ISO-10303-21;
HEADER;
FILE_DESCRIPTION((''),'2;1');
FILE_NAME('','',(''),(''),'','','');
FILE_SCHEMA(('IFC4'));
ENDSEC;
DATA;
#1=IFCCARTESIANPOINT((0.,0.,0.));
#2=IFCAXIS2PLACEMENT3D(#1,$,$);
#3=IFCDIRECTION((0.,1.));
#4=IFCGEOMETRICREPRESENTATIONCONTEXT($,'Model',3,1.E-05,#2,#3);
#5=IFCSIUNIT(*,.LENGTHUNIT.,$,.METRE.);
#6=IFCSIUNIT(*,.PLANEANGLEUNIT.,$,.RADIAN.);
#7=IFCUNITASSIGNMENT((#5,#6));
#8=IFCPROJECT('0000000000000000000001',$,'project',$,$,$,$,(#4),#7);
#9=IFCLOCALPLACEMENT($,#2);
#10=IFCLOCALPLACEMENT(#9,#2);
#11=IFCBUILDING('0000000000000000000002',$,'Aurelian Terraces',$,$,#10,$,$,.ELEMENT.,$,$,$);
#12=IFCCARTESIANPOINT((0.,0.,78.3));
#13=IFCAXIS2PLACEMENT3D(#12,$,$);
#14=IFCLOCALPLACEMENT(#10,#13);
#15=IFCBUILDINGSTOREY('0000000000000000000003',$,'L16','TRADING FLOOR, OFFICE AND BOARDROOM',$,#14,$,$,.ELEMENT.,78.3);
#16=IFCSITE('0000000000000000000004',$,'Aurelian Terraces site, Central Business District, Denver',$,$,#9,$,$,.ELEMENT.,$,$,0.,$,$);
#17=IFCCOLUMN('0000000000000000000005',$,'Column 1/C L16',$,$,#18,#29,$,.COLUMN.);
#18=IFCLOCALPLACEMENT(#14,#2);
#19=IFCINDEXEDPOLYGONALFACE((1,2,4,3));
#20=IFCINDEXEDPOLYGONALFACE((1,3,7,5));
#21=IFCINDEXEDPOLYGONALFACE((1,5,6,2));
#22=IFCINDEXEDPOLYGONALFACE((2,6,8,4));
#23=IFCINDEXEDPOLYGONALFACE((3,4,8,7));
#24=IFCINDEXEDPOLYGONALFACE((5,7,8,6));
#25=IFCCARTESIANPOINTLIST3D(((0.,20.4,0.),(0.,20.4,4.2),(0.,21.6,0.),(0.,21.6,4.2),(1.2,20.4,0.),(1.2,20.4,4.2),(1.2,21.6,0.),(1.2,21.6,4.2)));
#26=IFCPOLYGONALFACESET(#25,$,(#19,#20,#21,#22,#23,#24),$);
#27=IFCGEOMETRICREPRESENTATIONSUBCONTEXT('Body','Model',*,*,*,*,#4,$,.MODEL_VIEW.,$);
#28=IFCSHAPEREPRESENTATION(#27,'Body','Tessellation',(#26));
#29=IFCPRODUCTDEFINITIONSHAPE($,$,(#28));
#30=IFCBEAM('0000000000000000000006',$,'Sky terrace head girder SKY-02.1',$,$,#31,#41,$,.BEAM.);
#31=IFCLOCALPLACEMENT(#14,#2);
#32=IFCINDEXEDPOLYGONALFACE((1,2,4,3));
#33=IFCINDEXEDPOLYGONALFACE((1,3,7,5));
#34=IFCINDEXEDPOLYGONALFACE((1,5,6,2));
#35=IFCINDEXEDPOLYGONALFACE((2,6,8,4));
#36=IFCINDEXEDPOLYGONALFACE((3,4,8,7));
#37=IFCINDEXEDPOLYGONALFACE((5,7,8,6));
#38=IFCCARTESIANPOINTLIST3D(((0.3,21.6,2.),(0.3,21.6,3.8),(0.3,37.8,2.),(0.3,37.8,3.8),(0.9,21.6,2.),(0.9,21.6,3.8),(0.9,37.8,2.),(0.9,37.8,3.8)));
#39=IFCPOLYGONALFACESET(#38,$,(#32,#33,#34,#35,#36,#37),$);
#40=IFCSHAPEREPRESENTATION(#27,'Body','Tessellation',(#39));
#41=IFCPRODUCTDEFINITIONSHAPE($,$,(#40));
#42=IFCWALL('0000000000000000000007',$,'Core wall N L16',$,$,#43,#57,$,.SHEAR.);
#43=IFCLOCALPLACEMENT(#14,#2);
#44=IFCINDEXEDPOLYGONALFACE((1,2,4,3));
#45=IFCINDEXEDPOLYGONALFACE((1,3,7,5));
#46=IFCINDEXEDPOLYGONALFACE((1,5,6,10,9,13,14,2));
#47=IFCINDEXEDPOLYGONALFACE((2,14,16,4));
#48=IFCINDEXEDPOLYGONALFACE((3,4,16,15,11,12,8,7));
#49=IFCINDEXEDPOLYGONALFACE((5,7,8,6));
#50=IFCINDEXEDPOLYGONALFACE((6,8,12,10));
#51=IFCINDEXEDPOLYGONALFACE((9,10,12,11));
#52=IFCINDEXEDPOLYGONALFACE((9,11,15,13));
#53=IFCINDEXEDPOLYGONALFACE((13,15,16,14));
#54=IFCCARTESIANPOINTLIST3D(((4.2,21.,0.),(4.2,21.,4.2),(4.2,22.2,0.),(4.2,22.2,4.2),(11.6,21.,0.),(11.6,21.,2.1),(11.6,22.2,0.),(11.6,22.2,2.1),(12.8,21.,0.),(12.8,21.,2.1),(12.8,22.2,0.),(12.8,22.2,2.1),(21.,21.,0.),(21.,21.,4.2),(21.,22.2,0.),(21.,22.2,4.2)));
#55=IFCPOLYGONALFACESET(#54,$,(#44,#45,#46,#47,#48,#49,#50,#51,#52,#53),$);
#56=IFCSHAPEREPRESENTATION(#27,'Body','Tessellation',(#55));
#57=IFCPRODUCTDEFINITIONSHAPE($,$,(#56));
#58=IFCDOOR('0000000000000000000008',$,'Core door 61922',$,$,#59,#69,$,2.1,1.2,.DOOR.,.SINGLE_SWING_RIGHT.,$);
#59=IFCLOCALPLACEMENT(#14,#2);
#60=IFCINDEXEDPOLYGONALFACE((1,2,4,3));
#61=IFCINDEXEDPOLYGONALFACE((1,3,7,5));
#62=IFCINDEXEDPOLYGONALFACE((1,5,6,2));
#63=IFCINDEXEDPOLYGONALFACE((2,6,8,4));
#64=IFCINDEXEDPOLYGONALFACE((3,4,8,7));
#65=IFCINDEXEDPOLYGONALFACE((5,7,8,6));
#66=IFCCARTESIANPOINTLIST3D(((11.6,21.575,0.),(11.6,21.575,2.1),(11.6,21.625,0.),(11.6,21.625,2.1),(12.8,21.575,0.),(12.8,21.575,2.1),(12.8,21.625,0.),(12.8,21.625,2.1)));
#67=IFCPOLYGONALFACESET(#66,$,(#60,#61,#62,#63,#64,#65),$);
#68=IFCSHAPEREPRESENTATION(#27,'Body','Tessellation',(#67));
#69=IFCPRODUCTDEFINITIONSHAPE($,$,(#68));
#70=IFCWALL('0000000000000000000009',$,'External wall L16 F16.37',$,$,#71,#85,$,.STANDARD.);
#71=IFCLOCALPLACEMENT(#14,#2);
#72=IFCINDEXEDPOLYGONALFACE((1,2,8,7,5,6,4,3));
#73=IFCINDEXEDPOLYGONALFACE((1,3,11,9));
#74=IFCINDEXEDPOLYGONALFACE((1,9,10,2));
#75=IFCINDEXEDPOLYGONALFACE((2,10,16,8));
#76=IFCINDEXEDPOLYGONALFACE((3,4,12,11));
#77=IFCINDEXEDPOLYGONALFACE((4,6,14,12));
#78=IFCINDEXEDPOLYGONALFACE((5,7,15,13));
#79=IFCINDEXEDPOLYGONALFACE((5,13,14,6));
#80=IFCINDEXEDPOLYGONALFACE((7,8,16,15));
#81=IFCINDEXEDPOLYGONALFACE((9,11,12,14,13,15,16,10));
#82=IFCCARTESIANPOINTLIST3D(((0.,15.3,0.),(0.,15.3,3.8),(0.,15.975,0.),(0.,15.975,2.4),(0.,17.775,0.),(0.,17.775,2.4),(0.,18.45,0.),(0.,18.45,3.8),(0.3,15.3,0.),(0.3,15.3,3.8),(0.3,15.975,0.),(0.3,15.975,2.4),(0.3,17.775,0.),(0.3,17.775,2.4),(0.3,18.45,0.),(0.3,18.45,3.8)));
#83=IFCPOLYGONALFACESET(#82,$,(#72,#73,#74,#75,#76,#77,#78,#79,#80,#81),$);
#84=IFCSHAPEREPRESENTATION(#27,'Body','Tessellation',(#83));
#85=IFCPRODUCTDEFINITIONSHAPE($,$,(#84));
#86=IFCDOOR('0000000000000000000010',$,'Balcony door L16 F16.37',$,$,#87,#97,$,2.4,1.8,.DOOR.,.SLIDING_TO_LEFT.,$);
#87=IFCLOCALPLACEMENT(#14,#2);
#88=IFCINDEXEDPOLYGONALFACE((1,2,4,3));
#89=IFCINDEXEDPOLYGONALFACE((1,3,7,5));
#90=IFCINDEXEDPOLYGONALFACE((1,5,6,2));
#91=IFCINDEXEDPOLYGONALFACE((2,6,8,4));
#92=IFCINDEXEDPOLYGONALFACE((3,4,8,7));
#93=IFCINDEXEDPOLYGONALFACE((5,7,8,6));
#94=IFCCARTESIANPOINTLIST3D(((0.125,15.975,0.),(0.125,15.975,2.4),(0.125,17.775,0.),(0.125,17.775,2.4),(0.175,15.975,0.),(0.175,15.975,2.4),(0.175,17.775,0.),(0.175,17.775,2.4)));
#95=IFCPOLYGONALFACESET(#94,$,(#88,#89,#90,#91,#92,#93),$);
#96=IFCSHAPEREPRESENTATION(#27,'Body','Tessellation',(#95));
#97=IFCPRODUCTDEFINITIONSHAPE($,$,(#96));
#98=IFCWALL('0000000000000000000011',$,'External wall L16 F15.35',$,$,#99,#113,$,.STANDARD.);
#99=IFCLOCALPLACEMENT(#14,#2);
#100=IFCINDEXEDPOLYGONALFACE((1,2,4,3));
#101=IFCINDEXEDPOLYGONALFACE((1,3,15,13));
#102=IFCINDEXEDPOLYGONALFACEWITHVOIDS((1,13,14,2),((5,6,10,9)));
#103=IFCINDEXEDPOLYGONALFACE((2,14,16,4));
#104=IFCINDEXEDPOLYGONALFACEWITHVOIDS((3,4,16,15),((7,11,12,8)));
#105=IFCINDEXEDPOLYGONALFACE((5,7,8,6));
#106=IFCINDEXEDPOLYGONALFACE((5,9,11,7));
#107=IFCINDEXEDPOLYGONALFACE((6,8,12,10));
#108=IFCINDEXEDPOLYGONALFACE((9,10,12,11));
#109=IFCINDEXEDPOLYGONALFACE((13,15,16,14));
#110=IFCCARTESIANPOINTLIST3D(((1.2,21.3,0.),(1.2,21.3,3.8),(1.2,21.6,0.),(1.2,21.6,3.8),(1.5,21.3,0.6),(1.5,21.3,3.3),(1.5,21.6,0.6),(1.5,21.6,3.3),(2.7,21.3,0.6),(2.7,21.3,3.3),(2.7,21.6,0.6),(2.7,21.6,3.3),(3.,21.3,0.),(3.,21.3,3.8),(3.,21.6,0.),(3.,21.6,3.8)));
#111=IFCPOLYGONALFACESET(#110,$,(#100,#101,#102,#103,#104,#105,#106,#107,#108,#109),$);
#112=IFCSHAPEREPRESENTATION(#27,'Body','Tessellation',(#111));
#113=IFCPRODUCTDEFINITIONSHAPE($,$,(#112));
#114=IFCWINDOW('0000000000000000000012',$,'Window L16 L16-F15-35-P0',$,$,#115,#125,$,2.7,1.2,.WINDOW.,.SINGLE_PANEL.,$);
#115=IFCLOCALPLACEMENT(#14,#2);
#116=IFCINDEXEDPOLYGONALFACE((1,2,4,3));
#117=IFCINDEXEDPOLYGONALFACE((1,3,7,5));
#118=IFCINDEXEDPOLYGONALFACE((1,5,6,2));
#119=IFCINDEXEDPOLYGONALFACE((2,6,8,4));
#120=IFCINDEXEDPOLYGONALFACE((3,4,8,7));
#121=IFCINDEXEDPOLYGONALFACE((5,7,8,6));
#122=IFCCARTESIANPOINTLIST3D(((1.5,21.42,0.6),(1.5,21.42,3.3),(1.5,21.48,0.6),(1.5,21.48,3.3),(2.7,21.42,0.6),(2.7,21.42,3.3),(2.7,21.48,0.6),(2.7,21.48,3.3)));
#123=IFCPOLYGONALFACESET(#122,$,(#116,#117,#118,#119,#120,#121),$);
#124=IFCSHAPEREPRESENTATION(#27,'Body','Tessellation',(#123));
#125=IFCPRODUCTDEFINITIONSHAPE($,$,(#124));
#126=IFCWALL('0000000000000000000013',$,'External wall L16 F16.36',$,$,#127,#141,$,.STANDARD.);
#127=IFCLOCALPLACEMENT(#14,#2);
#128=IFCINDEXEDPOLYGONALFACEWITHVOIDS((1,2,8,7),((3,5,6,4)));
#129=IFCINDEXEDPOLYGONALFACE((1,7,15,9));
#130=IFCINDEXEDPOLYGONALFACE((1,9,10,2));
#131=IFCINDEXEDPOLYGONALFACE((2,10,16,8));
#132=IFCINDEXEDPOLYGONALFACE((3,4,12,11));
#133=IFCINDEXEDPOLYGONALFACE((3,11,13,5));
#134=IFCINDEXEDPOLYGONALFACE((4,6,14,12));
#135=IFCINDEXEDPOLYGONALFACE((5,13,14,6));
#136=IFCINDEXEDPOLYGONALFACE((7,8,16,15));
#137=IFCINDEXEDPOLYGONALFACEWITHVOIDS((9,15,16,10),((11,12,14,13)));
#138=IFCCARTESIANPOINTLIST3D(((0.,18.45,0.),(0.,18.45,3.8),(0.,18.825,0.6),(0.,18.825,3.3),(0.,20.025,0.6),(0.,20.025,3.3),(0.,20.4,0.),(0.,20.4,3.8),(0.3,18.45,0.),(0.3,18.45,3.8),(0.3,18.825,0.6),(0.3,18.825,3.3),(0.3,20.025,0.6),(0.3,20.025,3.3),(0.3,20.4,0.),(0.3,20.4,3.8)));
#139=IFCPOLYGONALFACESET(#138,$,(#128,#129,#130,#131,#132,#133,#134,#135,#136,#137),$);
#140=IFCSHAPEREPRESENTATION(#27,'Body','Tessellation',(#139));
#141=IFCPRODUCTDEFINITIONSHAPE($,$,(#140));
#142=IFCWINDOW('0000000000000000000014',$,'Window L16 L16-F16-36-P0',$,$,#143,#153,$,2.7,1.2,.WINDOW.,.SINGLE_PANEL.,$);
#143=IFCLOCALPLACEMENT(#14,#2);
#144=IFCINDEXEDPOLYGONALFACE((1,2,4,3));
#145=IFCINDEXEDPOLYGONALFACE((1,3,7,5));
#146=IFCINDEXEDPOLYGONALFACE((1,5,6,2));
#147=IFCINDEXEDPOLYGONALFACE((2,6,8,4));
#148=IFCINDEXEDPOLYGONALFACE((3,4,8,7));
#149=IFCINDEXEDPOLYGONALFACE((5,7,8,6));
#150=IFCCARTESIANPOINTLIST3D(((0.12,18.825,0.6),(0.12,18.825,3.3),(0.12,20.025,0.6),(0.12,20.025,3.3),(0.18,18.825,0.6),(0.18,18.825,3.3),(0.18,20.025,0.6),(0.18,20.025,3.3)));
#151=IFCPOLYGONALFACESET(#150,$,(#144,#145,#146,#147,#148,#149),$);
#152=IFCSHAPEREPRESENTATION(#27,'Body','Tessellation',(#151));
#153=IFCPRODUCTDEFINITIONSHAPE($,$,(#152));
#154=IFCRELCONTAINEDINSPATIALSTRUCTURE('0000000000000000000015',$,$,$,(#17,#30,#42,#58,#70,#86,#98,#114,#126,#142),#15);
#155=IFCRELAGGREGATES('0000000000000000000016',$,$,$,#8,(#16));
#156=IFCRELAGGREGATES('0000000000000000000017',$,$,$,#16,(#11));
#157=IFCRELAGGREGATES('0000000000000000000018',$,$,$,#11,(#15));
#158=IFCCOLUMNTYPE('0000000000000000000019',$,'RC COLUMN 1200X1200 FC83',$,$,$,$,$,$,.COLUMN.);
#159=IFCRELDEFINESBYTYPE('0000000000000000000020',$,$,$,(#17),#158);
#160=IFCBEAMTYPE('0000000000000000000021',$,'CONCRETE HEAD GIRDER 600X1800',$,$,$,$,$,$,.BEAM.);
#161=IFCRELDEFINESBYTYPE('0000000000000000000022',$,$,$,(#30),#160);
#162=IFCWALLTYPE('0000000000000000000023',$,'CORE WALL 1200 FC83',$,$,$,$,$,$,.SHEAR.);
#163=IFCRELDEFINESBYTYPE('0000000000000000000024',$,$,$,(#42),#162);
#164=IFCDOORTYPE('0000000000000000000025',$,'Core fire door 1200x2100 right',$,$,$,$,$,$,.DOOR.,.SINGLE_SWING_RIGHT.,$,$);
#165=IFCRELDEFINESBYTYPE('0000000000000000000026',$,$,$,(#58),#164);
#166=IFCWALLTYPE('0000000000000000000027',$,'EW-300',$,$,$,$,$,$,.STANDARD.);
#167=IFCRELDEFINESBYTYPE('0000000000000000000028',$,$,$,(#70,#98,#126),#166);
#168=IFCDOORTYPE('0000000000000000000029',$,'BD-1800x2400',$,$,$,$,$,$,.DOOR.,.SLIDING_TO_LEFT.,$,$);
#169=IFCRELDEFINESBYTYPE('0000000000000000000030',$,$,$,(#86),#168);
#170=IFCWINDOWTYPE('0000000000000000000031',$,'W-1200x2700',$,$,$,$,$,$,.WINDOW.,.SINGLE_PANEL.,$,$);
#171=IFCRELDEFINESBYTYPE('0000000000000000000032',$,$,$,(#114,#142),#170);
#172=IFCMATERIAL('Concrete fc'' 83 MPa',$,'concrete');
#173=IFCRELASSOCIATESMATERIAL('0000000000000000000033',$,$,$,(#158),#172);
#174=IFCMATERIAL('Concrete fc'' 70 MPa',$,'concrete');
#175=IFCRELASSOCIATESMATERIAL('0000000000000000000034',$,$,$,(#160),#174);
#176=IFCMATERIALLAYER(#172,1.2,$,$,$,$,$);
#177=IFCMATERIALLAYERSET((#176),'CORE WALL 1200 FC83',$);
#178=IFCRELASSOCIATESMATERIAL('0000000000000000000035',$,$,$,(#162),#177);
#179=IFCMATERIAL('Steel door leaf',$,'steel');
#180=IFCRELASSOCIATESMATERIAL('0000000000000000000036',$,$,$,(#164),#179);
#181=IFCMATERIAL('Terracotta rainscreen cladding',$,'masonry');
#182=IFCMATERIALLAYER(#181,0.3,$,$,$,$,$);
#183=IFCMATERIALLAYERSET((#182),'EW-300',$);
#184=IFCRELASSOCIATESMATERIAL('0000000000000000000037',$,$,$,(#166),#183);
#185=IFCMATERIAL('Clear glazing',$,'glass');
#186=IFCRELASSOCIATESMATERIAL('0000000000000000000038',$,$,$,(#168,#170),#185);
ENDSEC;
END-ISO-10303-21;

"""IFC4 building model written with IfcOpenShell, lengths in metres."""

from ifc_helpers import new_model, si_unit, direction, frame, frame_2d, origin, origin_2d, place, context, subcontext, project, spatial, rectangle, extrude, source, transform, mapped, material, layer, layer_set, material_profile, profile_set, type_object, element, fill, save


model = new_model("IFC4")

# Units and contexts
model_context = context("Model", 3, precision=1e-05, world=origin(), true_north=direction((0.0, 1.0)))
body_context = subcontext(model_context, "Body", "Model", "MODEL_VIEW")
ifc_project = project(units=[si_unit("LENGTHUNIT", "METRE"), si_unit("PLANEANGLEUNIT", "RADIAN")], contexts=[model_context])

# Site, building, storey
site_placement = place(None, origin())
site = spatial("IfcSite", under=ifc_project, at=site_placement, Name="Aurelian Terraces site, Central Business District, Denver", CompositionType="ELEMENT", RefElevation=0.0)
building_placement = place(site_placement, origin())
building = spatial("IfcBuilding", under=site, at=building_placement, Name="Aurelian Terraces", CompositionType="ELEMENT")
storey_placement = place(building_placement, frame((0.0, 0.0, 78.3)))
storey = spatial("IfcBuildingStorey", under=building, at=storey_placement, Name="L16", Description="TRADING FLOOR, OFFICE AND BOARDROOM", CompositionType="ELEMENT", Elevation=78.3)

# Column
ifc_material_1 = material(Name="Concrete fc' 83 MPa", Category="concrete")
ifc_material_profile_1 = material_profile(ifc_material_1, rectangle(XDim=1.2, YDim=1.2, at=origin_2d()))
ifc_profile_set_1 = profile_set([ifc_material_profile_1], Name="Concrete fc' 83 MPa")
column_type = type_object("IfcColumnType", Name="RC COLUMN 1200X1200 FC83", PredefinedType="COLUMN", material=ifc_profile_set_1)
shared_shape_1 = source(origin(), body_context, "Body", "SweptSolid", [
    extrude(rectangle(XDim=1.2, YDim=1.2, at=origin_2d()), origin(), (0.0, 0.0, 1.0), 4.2),
])
column_placement = place(storey_placement, frame((0.6, 21.0, 0.0), z_axis=(0.0, 0.0, 1.0), x_axis=(1.0, 0.0, 0.0)))
element("IfcColumn", 1, at=column_placement, inside=storey, type_object=column_type, Name="Column 1/C L16", PredefinedType="COLUMN", context=body_context, shape_type="MappedRepresentation", body=[
    mapped(shared_shape_1, transform((0.0, 0.0, 0.0), scale=1.0)),
])

# Beam
ifc_material_2 = material(Name="Concrete fc' 70 MPa", Category="concrete")
ifc_material_profile_2 = material_profile(ifc_material_2, rectangle(XDim=0.6, YDim=1.8, at=origin_2d()))
ifc_profile_set_2 = profile_set([ifc_material_profile_2], Name="Concrete fc' 70 MPa")
beam_type = type_object("IfcBeamType", Name="CONCRETE HEAD GIRDER 600X1800", PredefinedType="BEAM", material=ifc_profile_set_2)
beam_placement = place(storey_placement, frame((0.6, 21.6, 2.9), z_axis=(0.0, 1.0, 0.0), x_axis=(-1.0, 0.0, 0.0)))
element("IfcBeam", 2, at=beam_placement, inside=storey, type_object=beam_type, Name="Sky terrace head girder SKY-02.1", PredefinedType="BEAM", context=body_context, shape_type="SweptSolid", body=[
    extrude(rectangle(XDim=0.6, YDim=1.8, at=origin_2d()), origin(), (0.0, 0.0, 1.0), 16.2),
])

# Walls, openings, doors
ifc_layer_1 = layer(ifc_material_1, 1.2)
ifc_layer_set_1 = layer_set([ifc_layer_1], Name="CORE WALL 1200 FC83")
wall_type_1 = type_object("IfcWallType", Name="CORE WALL 1200 FC83", PredefinedType="SHEAR", material=ifc_layer_set_1)
shared_shape_2 = source(origin(), body_context, "Body", "SweptSolid", [
    extrude(rectangle(XDim=16.8, YDim=1.2, at=frame_2d((8.4, 0.0))), origin(), (0.0, 0.0, 1.0), 4.2),
])
wall_1_placement = place(storey_placement, frame((4.2, 21.6, 0.0), z_axis=(0.0, 0.0, 1.0), x_axis=(1.0, 0.0, 0.0)))
wall_1 = element("IfcWall", 3, at=wall_1_placement, inside=storey, type_object=wall_type_1, Name="Core wall N L16", PredefinedType="SHEAR", context=body_context, shape_type="MappedRepresentation", body=[
    mapped(shared_shape_2, transform((0.0, 0.0, 0.0), scale=1.0)),
])
shared_shape_3 = source(origin(), body_context, "Body", "SweptSolid", [
    extrude(rectangle(XDim=1.2, YDim=2.1, at=frame_2d((0.6, 1.05))), frame((0.0, 0.61, 0.0), z_axis=(0.0, -1.0, 0.0), x_axis=(1.0, 0.0, 0.0)), (0.0, 0.0, 1.0), 1.22),
])
opening_1_placement = place(wall_1_placement, frame((7.4, 0.0, 0.0)))
opening_1 = element("IfcOpeningElement", 4, at=opening_1_placement, cuts=wall_1, PredefinedType="OPENING", context=body_context, shape_type="MappedRepresentation", body=[
    mapped(shared_shape_3, transform((0.0, 0.0, 0.0), scale=1.0)),
])
ifc_material_3 = material(Name="Steel door leaf", Category="steel")
door_type_1 = type_object("IfcDoorType", Name="Core fire door 1200x2100 right", OperationType="SINGLE_SWING_RIGHT", PredefinedType="DOOR", material=ifc_material_3)
shared_shape_4 = source(origin(), body_context, "Body", "SweptSolid", [
    extrude(rectangle(XDim=1.2, YDim=2.1, at=frame_2d((0.6, 1.05))), frame((0.0, 0.025, 0.0), z_axis=(0.0, -1.0, 0.0), x_axis=(1.0, 0.0, 0.0)), (0.0, 0.0, 1.0), 0.05),
])
door_1_placement = place(opening_1_placement, origin())
door_1 = element("IfcDoor", 5, at=door_1_placement, inside=storey, type_object=door_type_1, Name="Core door 61922", OperationType="SINGLE_SWING_RIGHT", OverallHeight=2.1, OverallWidth=1.2, PredefinedType="DOOR", context=body_context, shape_type="MappedRepresentation", body=[
    mapped(shared_shape_4, transform((0.0, 0.0, 0.0), scale=1.0)),
])
fill(opening_1, door_1)
ifc_material_4 = material(Name="Terracotta rainscreen cladding", Category="masonry")
ifc_layer_2 = layer(ifc_material_4, 0.3)
ifc_layer_set_2 = layer_set([ifc_layer_2], Name="EW-300")
wall_type_2 = type_object("IfcWallType", Name="EW-300", PredefinedType="STANDARD", material=ifc_layer_set_2)
shared_shape_5 = source(origin(), body_context, "Body", "SweptSolid", [
    extrude(rectangle(XDim=3.15, YDim=0.3, at=frame_2d((1.575, 0.0))), origin(), (0.0, 0.0, 1.0), 3.8),
])
wall_2_placement = place(storey_placement, frame((0.15, 18.45, 0.0), z_axis=(0.0, 0.0, 1.0), x_axis=(0.0, -1.0, 0.0)))
wall_2 = element("IfcWall", 6, at=wall_2_placement, inside=storey, type_object=wall_type_2, Name="External wall L16 F16.37", PredefinedType="STANDARD", context=body_context, shape_type="MappedRepresentation", body=[
    mapped(shared_shape_5, transform((0.0, 0.0, 0.0), scale=1.0)),
])
shared_shape_6 = source(origin(), body_context, "Body", "SweptSolid", [
    extrude(rectangle(XDim=1.8, YDim=2.4, at=frame_2d((0.9, 1.2))), frame((0.0, 0.16, 0.0), z_axis=(0.0, -1.0, 0.0), x_axis=(1.0, 0.0, 0.0)), (0.0, 0.0, 1.0), 0.32),
])
opening_2_placement = place(wall_2_placement, frame((0.675, 0.0, 0.0)))
opening_2 = element("IfcOpeningElement", 7, at=opening_2_placement, cuts=wall_2, PredefinedType="OPENING", context=body_context, shape_type="MappedRepresentation", body=[
    mapped(shared_shape_6, transform((0.0, 0.0, 0.0), scale=1.0)),
])
ifc_material_5 = material(Name="Clear glazing", Category="glass")
door_type_2 = type_object("IfcDoorType", Name="BD-1800x2400", OperationType="SLIDING_TO_LEFT", PredefinedType="DOOR", material=ifc_material_5)
shared_shape_7 = source(origin(), body_context, "Body", "SweptSolid", [
    extrude(rectangle(XDim=1.8, YDim=2.4, at=frame_2d((0.9, 1.2))), frame((0.0, 0.025, 0.0), z_axis=(0.0, -1.0, 0.0), x_axis=(1.0, 0.0, 0.0)), (0.0, 0.0, 1.0), 0.05),
])
door_2_placement = place(opening_2_placement, origin())
door_2 = element("IfcDoor", 8, at=door_2_placement, inside=storey, type_object=door_type_2, Name="Balcony door L16 F16.37", OperationType="SLIDING_TO_LEFT", OverallHeight=2.4, OverallWidth=1.8, PredefinedType="DOOR", context=body_context, shape_type="MappedRepresentation", body=[
    mapped(shared_shape_7, transform((0.0, 0.0, 0.0), scale=1.0)),
])
fill(opening_2, door_2)

# Walls, openings, windows
shared_shape_8 = source(origin(), body_context, "Body", "SweptSolid", [
    extrude(rectangle(XDim=1.8, YDim=0.3, at=frame_2d((0.9, 0.0))), origin(), (0.0, 0.0, 1.0), 3.8),
])
wall_3_placement = place(storey_placement, frame((3.0, 21.45, 0.0), z_axis=(0.0, 0.0, 1.0), x_axis=(-1.0, 0.0, 0.0)))
wall_3 = element("IfcWall", 9, at=wall_3_placement, inside=storey, type_object=wall_type_2, Name="External wall L16 F15.35", PredefinedType="STANDARD", context=body_context, shape_type="MappedRepresentation", body=[
    mapped(shared_shape_8, transform((0.0, 0.0, 0.0), scale=1.0)),
])
shared_shape_9 = source(origin(), body_context, "Body", "SweptSolid", [
    extrude(rectangle(XDim=1.2, YDim=2.7, at=frame_2d((0.6, 1.35))), frame((0.0, 0.16, 0.0), z_axis=(0.0, -1.0, 0.0), x_axis=(1.0, 0.0, 0.0)), (0.0, 0.0, 1.0), 0.32),
])
opening_3_placement = place(wall_3_placement, frame((0.3, 0.0, 0.6)))
opening_3 = element("IfcOpeningElement", 10, at=opening_3_placement, cuts=wall_3, PredefinedType="OPENING", context=body_context, shape_type="MappedRepresentation", body=[
    mapped(shared_shape_9, transform((0.0, 0.0, 0.0), scale=1.0)),
])
window_type = type_object("IfcWindowType", Name="W-1200x2700", PartitioningType="SINGLE_PANEL", PredefinedType="WINDOW", material=ifc_material_5)
shared_shape_10 = source(origin(), body_context, "Body", "SweptSolid", [
    extrude(rectangle(XDim=1.2, YDim=2.7, at=frame_2d((0.6, 1.35))), frame((0.0, 0.03, 0.0), z_axis=(0.0, -1.0, 0.0), x_axis=(1.0, 0.0, 0.0)), (0.0, 0.0, 1.0), 0.06),
])
window_1_placement = place(opening_3_placement, origin())
window_1 = element("IfcWindow", 11, at=window_1_placement, inside=storey, type_object=window_type, Name="Window L16 L16-F15-35-P0", OverallHeight=2.7, OverallWidth=1.2, PartitioningType="SINGLE_PANEL", PredefinedType="WINDOW", context=body_context, shape_type="MappedRepresentation", body=[
    mapped(shared_shape_10, transform((0.0, 0.0, 0.0), scale=1.0)),
])
fill(opening_3, window_1)
shared_shape_11 = source(origin(), body_context, "Body", "SweptSolid", [
    extrude(rectangle(XDim=1.95, YDim=0.3, at=frame_2d((0.975, 0.0))), origin(), (0.0, 0.0, 1.0), 3.8),
])
wall_4_placement = place(storey_placement, frame((0.15, 20.4, 0.0), z_axis=(0.0, 0.0, 1.0), x_axis=(0.0, -1.0, 0.0)))
wall_4 = element("IfcWall", 12, at=wall_4_placement, inside=storey, type_object=wall_type_2, Name="External wall L16 F16.36", PredefinedType="STANDARD", context=body_context, shape_type="MappedRepresentation", body=[
    mapped(shared_shape_11, transform((0.0, 0.0, 0.0), scale=1.0)),
])
opening_4_placement = place(wall_4_placement, frame((0.375, 0.0, 0.6)))
opening_4 = element("IfcOpeningElement", 13, at=opening_4_placement, cuts=wall_4, PredefinedType="OPENING", context=body_context, shape_type="MappedRepresentation", body=[
    mapped(shared_shape_9, transform((0.0, 0.0, 0.0), scale=1.0)),
])
window_2_placement = place(opening_4_placement, origin())
window_2 = element("IfcWindow", 14, at=window_2_placement, inside=storey, type_object=window_type, Name="Window L16 L16-F16-36-P0", OverallHeight=2.7, OverallWidth=1.2, PartitioningType="SINGLE_PANEL", PredefinedType="WINDOW", context=body_context, shape_type="MappedRepresentation", body=[
    mapped(shared_shape_10, transform((0.0, 0.0, 0.0), scale=1.0)),
])
fill(opening_4, window_2)

save(model, "model.ifc")
